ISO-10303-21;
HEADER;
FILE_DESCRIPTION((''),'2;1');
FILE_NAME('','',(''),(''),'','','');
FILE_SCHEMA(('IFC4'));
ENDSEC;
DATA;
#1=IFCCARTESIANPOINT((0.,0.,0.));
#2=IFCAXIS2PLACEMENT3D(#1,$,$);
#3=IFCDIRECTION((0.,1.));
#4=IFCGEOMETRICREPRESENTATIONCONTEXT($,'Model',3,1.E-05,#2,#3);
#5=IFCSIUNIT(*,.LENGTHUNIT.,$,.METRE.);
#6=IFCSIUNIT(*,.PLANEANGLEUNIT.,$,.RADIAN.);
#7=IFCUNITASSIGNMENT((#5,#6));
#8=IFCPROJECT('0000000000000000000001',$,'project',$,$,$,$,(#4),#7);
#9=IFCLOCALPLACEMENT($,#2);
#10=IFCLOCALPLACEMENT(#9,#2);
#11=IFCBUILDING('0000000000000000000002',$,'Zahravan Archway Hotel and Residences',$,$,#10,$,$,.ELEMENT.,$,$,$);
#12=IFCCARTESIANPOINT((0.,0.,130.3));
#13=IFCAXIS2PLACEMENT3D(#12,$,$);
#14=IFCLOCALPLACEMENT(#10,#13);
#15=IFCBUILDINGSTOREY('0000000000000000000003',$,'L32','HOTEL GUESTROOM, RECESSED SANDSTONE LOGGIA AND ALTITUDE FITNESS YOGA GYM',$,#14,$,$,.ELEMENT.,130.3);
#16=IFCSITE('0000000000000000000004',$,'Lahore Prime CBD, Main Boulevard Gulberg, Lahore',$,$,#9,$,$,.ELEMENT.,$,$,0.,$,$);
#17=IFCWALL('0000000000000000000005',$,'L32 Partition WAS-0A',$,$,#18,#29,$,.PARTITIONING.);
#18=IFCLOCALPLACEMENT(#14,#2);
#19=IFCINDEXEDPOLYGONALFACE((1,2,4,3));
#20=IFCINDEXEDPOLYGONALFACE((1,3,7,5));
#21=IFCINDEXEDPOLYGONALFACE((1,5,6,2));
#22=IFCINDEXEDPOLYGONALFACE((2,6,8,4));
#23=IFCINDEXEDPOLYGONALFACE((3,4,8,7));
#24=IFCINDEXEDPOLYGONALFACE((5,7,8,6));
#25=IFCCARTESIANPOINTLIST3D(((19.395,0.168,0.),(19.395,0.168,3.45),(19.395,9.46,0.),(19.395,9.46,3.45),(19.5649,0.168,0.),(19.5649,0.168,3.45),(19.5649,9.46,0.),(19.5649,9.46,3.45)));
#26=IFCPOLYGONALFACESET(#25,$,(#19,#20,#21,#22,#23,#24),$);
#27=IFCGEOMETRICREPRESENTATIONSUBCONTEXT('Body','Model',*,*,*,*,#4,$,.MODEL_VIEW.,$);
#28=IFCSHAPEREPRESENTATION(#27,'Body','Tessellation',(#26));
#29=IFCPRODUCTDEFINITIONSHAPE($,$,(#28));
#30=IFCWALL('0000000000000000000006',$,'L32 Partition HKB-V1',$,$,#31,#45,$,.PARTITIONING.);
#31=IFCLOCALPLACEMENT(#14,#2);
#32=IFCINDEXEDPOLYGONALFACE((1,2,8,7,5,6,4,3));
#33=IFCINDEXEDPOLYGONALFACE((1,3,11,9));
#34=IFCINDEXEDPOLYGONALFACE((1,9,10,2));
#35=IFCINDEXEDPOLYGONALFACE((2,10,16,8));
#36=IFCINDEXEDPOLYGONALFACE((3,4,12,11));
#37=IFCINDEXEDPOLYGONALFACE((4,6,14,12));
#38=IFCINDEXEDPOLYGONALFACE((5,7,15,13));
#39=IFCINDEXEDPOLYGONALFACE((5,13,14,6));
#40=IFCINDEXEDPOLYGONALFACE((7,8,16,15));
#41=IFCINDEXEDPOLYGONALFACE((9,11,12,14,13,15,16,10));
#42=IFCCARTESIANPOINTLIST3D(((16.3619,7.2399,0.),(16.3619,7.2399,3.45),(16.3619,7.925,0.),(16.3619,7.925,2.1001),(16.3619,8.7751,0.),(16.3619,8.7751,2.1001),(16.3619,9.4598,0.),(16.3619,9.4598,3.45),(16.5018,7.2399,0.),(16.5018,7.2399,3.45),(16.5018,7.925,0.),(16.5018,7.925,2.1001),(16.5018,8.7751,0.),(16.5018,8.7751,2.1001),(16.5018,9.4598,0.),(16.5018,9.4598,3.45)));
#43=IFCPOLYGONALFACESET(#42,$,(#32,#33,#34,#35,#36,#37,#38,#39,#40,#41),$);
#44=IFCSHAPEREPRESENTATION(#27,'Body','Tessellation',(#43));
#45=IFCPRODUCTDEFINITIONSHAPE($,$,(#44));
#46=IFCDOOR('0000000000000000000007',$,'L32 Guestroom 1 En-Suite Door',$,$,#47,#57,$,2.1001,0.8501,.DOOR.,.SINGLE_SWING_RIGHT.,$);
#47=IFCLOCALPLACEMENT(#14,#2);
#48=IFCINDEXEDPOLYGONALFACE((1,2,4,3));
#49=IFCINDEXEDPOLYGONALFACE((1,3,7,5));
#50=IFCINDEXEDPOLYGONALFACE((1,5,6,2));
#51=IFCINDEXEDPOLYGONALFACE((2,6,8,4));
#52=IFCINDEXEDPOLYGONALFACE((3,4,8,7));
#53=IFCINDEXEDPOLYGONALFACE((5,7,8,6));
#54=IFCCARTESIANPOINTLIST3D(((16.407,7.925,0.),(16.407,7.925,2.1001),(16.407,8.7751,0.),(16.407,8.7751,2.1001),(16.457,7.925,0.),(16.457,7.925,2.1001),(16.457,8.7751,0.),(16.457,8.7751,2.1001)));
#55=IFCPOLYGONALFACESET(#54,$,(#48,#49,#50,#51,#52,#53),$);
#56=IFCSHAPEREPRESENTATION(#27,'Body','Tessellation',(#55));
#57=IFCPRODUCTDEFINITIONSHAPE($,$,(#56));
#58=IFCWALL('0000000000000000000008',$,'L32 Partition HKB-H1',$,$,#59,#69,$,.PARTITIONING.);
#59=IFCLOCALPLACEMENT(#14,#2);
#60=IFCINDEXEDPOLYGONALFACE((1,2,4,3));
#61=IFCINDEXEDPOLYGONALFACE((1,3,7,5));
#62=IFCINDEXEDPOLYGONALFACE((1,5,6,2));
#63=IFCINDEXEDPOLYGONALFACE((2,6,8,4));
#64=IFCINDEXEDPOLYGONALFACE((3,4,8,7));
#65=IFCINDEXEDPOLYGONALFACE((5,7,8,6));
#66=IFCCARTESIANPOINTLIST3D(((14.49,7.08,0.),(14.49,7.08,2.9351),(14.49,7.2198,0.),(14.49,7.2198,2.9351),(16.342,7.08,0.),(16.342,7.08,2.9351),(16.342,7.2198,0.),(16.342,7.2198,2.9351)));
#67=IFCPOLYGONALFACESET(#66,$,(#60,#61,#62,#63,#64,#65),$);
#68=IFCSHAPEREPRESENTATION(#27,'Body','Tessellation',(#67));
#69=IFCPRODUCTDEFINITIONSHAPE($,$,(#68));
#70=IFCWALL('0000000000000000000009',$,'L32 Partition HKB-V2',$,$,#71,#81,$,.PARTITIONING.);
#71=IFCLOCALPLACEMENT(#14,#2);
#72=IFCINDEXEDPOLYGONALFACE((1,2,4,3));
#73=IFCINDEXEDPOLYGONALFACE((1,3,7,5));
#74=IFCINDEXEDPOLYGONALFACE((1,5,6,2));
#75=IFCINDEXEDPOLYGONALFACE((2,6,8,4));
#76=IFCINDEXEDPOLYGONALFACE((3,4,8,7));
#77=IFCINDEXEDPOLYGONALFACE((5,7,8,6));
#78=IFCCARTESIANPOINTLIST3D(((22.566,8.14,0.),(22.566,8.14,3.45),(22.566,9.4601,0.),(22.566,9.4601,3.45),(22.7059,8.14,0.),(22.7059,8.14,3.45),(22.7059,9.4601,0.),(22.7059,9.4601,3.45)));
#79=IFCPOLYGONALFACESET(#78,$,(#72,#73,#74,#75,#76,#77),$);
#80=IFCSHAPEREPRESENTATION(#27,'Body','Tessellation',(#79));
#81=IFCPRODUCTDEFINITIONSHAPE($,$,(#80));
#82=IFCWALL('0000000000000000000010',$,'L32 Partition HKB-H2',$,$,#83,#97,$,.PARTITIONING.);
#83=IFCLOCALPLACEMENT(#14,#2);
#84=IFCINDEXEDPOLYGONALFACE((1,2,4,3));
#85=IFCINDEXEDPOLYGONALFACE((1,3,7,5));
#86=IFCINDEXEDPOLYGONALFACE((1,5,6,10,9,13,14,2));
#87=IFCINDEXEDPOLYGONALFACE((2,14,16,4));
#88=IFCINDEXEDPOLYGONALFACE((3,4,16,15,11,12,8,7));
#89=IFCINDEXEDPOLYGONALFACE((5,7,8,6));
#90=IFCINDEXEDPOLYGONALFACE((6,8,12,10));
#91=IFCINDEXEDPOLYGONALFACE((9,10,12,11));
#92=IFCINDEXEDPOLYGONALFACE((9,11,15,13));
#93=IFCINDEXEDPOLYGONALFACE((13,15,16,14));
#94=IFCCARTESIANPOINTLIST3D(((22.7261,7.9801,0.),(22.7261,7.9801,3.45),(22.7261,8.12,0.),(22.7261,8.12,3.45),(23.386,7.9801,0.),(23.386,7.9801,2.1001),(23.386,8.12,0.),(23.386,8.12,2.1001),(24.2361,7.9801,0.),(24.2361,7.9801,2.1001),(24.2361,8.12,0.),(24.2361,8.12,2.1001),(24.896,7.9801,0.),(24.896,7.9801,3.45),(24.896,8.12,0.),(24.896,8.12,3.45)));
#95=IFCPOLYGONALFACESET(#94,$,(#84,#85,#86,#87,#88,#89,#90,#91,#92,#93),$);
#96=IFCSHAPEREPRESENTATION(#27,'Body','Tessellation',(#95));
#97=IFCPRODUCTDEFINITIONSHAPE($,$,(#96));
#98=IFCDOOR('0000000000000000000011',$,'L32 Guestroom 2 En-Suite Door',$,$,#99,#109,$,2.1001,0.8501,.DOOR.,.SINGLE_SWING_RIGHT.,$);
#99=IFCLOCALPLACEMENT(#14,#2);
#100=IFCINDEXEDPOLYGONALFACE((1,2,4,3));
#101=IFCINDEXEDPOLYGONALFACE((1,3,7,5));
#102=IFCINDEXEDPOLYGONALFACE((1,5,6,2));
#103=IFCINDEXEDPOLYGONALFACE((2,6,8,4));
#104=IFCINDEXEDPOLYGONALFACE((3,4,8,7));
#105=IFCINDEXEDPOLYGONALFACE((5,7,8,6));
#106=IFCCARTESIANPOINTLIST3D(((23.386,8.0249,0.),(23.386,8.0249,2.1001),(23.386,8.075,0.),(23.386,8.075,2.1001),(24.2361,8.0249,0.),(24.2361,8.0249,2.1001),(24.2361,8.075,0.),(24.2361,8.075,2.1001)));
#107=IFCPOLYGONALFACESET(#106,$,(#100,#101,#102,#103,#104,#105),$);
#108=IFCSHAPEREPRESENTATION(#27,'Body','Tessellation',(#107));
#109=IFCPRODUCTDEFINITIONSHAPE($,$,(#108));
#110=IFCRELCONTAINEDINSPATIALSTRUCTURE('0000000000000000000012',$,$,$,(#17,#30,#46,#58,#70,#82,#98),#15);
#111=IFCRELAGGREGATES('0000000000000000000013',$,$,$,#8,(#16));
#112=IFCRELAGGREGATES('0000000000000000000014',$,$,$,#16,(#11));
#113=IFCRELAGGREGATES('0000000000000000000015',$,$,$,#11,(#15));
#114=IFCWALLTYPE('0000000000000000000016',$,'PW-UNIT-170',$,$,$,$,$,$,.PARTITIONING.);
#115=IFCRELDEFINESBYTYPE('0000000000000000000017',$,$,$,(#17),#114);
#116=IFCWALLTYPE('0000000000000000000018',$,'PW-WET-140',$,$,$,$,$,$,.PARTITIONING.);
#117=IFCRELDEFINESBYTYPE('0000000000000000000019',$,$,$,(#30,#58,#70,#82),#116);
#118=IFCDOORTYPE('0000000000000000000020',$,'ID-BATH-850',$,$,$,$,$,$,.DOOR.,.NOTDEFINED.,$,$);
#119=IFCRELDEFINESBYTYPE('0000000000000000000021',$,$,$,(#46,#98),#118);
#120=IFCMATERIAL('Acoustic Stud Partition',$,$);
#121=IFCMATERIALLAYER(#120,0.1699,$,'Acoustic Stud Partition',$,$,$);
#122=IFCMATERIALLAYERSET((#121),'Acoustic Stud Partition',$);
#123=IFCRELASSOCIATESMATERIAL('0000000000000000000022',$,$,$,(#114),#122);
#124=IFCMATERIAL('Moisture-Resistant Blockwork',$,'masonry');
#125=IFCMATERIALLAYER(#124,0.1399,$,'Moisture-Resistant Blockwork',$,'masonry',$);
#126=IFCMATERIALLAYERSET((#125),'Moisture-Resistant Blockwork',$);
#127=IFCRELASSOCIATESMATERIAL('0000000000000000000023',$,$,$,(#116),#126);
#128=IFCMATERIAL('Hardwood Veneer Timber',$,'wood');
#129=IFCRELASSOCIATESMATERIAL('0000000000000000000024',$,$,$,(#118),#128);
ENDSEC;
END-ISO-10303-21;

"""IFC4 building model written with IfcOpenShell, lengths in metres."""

from ifc_helpers import new_model, si_unit, direction, frame, frame_2d, origin, place, context, subcontext, project, spatial, rectangle, extrude, source, transform, mapped, material, layer, layer_set, type_object, type_shapes, element, fill, save


model = new_model("IFC4")

# Units and contexts
model_context = context("Model", 3, precision=1e-05, world=origin(), true_north=direction((0.0, 1.0)))
body_context = subcontext(model_context, "Body", "Model", "MODEL_VIEW")
ifc_project = project(units=[si_unit("LENGTHUNIT", "METRE"), si_unit("PLANEANGLEUNIT", "RADIAN")], contexts=[model_context])

# Site, building, storey
site_placement = place(None, origin())
site = spatial("IfcSite", under=ifc_project, at=site_placement, Name="Lahore Prime CBD, Main Boulevard Gulberg, Lahore", CompositionType="ELEMENT", RefElevation=0.0)
building_placement = place(site_placement, origin())
building = spatial("IfcBuilding", under=site, at=building_placement, Name="Zahravan Archway Hotel and Residences", CompositionType="ELEMENT")
storey_placement = place(building_placement, frame((0.0, 0.0, 130.3)))
storey = spatial("IfcBuildingStorey", under=building, at=storey_placement, Name="L32", Description="HOTEL GUESTROOM, RECESSED SANDSTONE LOGGIA AND ALTITUDE FITNESS YOGA GYM", CompositionType="ELEMENT", Elevation=130.3)

# Wall
ifc_material_1 = material(Name="Acoustic Stud Partition")
ifc_layer_1 = layer(ifc_material_1, 0.1699, Name="Acoustic Stud Partition")
ifc_layer_set_1 = layer_set([ifc_layer_1], Name="Acoustic Stud Partition")
wall_type_1 = type_object("IfcWallType", Name="PW-UNIT-170", PredefinedType="PARTITIONING", material=ifc_layer_set_1)
wall_1_placement = place(storey_placement, frame((19.48, 0.168, 0.0), z_axis=(0.0, 0.0, 1.0), x_axis=(0.0, 1.0, 0.0)))
element("IfcWall", 1, at=wall_1_placement, inside=storey, type_object=wall_type_1, Name="L32 Partition WAS-0A", PredefinedType="PARTITIONING", context=body_context, shape_type="SweptSolid", body=[
    extrude(rectangle(XDim=9.292, YDim=0.1699, at=frame_2d((4.646, 0.0))), origin(), (0.0, 0.0, 1.0), 3.45),
])

# Wall, opening, door
ifc_material_2 = material(Name="Moisture-Resistant Blockwork", Category="masonry")
ifc_layer_2 = layer(ifc_material_2, 0.1399, Name="Moisture-Resistant Blockwork", Category="masonry")
ifc_layer_set_2 = layer_set([ifc_layer_2], Name="Moisture-Resistant Blockwork")
wall_type_2 = type_object("IfcWallType", Name="PW-WET-140", PredefinedType="PARTITIONING", material=ifc_layer_set_2)
wall_2_placement = place(storey_placement, frame((16.4319, 7.24, 0.0), z_axis=(0.0, 0.0, 1.0), x_axis=(0.0, 1.0, 0.0)))
wall_2 = element("IfcWall", 2, at=wall_2_placement, inside=storey, type_object=wall_type_2, Name="L32 Partition HKB-V1", PredefinedType="PARTITIONING", context=body_context, shape_type="SweptSolid", body=[
    extrude(rectangle(XDim=2.22, YDim=0.1399, at=frame_2d((1.1099, 0.0))), origin(), (0.0, 0.0, 1.0), 3.45),
])
opening_1_placement = place(wall_2_placement, frame((0.6851, 0.0, 0.0)))
opening_1 = element("IfcOpeningElement", 3, at=opening_1_placement, cuts=wall_2, PredefinedType="OPENING", context=body_context, shape_type="SweptSolid", body=[
    extrude(rectangle(XDim=0.8501, YDim=2.1001, at=frame_2d((0.425, 1.05))), frame((0.0, 0.0801, 0.0), z_axis=(0.0, -1.0, 0.0), x_axis=(1.0, 0.0, 0.0)), (0.0, 0.0, 1.0), 0.1599),
])
ifc_material_3 = material(Name="Hardwood Veneer Timber", Category="wood")
door_type = type_object("IfcDoorType", Name="ID-BATH-850", OperationType="NOTDEFINED", PredefinedType="DOOR", material=ifc_material_3)
shared_shape_1 = source(origin(), body_context, "Body", "SweptSolid", [
    extrude(rectangle(XDim=0.8501, YDim=2.1001, at=frame_2d((0.425, 1.05))), frame((0.0, 0.0249, 0.0), z_axis=(0.0, -1.0, 0.0), x_axis=(1.0, 0.0, 0.0)), (0.0, 0.0, 1.0), 0.05),
])
type_shapes(door_type, [shared_shape_1])
door_1_placement = place(opening_1_placement, origin())
door_1 = element("IfcDoor", 4, at=door_1_placement, inside=storey, type_object=door_type, Name="L32 Guestroom 1 En-Suite Door", OperationType="SINGLE_SWING_RIGHT", OverallHeight=2.1001, OverallWidth=0.8501, PredefinedType="DOOR", context=body_context, shape_type="MappedRepresentation", body=[
    mapped(shared_shape_1, transform((0.0, 0.0, 0.0), scale=1.0)),
])
fill(opening_1, door_1)

# Walls
wall_3_placement = place(storey_placement, frame((14.49, 7.1499, 0.0), z_axis=(0.0, 0.0, 1.0), x_axis=(1.0, 0.0, 0.0)))
element("IfcWall", 5, at=wall_3_placement, inside=storey, type_object=wall_type_2, Name="L32 Partition HKB-H1", PredefinedType="PARTITIONING", context=body_context, shape_type="SweptSolid", body=[
    extrude(rectangle(XDim=1.8521, YDim=0.1399, at=frame_2d((0.926, 0.0))), origin(), (0.0, 0.0, 1.0), 2.9351),
])
wall_4_placement = place(storey_placement, frame((22.636, 8.1399, 0.0), z_axis=(0.0, 0.0, 1.0), x_axis=(0.0, 1.0, 0.0)))
element("IfcWall", 6, at=wall_4_placement, inside=storey, type_object=wall_type_2, Name="L32 Partition HKB-V2", PredefinedType="PARTITIONING", context=body_context, shape_type="SweptSolid", body=[
    extrude(rectangle(XDim=1.3201, YDim=0.1399, at=frame_2d((0.6602, 0.0))), origin(), (0.0, 0.0, 1.0), 3.45),
])

# Wall, opening, door
wall_5_placement = place(storey_placement, frame((22.7261, 8.05, 0.0), z_axis=(0.0, 0.0, 1.0), x_axis=(1.0, 0.0, 0.0)))
wall_5 = element("IfcWall", 7, at=wall_5_placement, inside=storey, type_object=wall_type_2, Name="L32 Partition HKB-H2", PredefinedType="PARTITIONING", context=body_context, shape_type="SweptSolid", body=[
    extrude(rectangle(XDim=2.1699, YDim=0.1399, at=frame_2d((1.085, 0.0))), origin(), (0.0, 0.0, 1.0), 3.45),
])
opening_2_placement = place(wall_5_placement, frame((0.6599, 0.0, 0.0)))
opening_2 = element("IfcOpeningElement", 8, at=opening_2_placement, cuts=wall_5, PredefinedType="OPENING", context=body_context, shape_type="SweptSolid", body=[
    extrude(rectangle(XDim=0.8501, YDim=2.1001, at=frame_2d((0.425, 1.05))), frame((0.0, 0.0801, 0.0), z_axis=(0.0, -1.0, 0.0), x_axis=(1.0, 0.0, 0.0)), (0.0, 0.0, 1.0), 0.1599),
])
door_2_placement = place(opening_2_placement, origin())
door_2 = element("IfcDoor", 9, at=door_2_placement, inside=storey, type_object=door_type, Name="L32 Guestroom 2 En-Suite Door", OperationType="SINGLE_SWING_RIGHT", OverallHeight=2.1001, OverallWidth=0.8501, PredefinedType="DOOR", context=body_context, shape_type="MappedRepresentation", body=[
    mapped(shared_shape_1, transform((0.0, 0.0, 0.0), scale=1.0)),
])
fill(opening_2, door_2)

save(model, "model.ifc")
